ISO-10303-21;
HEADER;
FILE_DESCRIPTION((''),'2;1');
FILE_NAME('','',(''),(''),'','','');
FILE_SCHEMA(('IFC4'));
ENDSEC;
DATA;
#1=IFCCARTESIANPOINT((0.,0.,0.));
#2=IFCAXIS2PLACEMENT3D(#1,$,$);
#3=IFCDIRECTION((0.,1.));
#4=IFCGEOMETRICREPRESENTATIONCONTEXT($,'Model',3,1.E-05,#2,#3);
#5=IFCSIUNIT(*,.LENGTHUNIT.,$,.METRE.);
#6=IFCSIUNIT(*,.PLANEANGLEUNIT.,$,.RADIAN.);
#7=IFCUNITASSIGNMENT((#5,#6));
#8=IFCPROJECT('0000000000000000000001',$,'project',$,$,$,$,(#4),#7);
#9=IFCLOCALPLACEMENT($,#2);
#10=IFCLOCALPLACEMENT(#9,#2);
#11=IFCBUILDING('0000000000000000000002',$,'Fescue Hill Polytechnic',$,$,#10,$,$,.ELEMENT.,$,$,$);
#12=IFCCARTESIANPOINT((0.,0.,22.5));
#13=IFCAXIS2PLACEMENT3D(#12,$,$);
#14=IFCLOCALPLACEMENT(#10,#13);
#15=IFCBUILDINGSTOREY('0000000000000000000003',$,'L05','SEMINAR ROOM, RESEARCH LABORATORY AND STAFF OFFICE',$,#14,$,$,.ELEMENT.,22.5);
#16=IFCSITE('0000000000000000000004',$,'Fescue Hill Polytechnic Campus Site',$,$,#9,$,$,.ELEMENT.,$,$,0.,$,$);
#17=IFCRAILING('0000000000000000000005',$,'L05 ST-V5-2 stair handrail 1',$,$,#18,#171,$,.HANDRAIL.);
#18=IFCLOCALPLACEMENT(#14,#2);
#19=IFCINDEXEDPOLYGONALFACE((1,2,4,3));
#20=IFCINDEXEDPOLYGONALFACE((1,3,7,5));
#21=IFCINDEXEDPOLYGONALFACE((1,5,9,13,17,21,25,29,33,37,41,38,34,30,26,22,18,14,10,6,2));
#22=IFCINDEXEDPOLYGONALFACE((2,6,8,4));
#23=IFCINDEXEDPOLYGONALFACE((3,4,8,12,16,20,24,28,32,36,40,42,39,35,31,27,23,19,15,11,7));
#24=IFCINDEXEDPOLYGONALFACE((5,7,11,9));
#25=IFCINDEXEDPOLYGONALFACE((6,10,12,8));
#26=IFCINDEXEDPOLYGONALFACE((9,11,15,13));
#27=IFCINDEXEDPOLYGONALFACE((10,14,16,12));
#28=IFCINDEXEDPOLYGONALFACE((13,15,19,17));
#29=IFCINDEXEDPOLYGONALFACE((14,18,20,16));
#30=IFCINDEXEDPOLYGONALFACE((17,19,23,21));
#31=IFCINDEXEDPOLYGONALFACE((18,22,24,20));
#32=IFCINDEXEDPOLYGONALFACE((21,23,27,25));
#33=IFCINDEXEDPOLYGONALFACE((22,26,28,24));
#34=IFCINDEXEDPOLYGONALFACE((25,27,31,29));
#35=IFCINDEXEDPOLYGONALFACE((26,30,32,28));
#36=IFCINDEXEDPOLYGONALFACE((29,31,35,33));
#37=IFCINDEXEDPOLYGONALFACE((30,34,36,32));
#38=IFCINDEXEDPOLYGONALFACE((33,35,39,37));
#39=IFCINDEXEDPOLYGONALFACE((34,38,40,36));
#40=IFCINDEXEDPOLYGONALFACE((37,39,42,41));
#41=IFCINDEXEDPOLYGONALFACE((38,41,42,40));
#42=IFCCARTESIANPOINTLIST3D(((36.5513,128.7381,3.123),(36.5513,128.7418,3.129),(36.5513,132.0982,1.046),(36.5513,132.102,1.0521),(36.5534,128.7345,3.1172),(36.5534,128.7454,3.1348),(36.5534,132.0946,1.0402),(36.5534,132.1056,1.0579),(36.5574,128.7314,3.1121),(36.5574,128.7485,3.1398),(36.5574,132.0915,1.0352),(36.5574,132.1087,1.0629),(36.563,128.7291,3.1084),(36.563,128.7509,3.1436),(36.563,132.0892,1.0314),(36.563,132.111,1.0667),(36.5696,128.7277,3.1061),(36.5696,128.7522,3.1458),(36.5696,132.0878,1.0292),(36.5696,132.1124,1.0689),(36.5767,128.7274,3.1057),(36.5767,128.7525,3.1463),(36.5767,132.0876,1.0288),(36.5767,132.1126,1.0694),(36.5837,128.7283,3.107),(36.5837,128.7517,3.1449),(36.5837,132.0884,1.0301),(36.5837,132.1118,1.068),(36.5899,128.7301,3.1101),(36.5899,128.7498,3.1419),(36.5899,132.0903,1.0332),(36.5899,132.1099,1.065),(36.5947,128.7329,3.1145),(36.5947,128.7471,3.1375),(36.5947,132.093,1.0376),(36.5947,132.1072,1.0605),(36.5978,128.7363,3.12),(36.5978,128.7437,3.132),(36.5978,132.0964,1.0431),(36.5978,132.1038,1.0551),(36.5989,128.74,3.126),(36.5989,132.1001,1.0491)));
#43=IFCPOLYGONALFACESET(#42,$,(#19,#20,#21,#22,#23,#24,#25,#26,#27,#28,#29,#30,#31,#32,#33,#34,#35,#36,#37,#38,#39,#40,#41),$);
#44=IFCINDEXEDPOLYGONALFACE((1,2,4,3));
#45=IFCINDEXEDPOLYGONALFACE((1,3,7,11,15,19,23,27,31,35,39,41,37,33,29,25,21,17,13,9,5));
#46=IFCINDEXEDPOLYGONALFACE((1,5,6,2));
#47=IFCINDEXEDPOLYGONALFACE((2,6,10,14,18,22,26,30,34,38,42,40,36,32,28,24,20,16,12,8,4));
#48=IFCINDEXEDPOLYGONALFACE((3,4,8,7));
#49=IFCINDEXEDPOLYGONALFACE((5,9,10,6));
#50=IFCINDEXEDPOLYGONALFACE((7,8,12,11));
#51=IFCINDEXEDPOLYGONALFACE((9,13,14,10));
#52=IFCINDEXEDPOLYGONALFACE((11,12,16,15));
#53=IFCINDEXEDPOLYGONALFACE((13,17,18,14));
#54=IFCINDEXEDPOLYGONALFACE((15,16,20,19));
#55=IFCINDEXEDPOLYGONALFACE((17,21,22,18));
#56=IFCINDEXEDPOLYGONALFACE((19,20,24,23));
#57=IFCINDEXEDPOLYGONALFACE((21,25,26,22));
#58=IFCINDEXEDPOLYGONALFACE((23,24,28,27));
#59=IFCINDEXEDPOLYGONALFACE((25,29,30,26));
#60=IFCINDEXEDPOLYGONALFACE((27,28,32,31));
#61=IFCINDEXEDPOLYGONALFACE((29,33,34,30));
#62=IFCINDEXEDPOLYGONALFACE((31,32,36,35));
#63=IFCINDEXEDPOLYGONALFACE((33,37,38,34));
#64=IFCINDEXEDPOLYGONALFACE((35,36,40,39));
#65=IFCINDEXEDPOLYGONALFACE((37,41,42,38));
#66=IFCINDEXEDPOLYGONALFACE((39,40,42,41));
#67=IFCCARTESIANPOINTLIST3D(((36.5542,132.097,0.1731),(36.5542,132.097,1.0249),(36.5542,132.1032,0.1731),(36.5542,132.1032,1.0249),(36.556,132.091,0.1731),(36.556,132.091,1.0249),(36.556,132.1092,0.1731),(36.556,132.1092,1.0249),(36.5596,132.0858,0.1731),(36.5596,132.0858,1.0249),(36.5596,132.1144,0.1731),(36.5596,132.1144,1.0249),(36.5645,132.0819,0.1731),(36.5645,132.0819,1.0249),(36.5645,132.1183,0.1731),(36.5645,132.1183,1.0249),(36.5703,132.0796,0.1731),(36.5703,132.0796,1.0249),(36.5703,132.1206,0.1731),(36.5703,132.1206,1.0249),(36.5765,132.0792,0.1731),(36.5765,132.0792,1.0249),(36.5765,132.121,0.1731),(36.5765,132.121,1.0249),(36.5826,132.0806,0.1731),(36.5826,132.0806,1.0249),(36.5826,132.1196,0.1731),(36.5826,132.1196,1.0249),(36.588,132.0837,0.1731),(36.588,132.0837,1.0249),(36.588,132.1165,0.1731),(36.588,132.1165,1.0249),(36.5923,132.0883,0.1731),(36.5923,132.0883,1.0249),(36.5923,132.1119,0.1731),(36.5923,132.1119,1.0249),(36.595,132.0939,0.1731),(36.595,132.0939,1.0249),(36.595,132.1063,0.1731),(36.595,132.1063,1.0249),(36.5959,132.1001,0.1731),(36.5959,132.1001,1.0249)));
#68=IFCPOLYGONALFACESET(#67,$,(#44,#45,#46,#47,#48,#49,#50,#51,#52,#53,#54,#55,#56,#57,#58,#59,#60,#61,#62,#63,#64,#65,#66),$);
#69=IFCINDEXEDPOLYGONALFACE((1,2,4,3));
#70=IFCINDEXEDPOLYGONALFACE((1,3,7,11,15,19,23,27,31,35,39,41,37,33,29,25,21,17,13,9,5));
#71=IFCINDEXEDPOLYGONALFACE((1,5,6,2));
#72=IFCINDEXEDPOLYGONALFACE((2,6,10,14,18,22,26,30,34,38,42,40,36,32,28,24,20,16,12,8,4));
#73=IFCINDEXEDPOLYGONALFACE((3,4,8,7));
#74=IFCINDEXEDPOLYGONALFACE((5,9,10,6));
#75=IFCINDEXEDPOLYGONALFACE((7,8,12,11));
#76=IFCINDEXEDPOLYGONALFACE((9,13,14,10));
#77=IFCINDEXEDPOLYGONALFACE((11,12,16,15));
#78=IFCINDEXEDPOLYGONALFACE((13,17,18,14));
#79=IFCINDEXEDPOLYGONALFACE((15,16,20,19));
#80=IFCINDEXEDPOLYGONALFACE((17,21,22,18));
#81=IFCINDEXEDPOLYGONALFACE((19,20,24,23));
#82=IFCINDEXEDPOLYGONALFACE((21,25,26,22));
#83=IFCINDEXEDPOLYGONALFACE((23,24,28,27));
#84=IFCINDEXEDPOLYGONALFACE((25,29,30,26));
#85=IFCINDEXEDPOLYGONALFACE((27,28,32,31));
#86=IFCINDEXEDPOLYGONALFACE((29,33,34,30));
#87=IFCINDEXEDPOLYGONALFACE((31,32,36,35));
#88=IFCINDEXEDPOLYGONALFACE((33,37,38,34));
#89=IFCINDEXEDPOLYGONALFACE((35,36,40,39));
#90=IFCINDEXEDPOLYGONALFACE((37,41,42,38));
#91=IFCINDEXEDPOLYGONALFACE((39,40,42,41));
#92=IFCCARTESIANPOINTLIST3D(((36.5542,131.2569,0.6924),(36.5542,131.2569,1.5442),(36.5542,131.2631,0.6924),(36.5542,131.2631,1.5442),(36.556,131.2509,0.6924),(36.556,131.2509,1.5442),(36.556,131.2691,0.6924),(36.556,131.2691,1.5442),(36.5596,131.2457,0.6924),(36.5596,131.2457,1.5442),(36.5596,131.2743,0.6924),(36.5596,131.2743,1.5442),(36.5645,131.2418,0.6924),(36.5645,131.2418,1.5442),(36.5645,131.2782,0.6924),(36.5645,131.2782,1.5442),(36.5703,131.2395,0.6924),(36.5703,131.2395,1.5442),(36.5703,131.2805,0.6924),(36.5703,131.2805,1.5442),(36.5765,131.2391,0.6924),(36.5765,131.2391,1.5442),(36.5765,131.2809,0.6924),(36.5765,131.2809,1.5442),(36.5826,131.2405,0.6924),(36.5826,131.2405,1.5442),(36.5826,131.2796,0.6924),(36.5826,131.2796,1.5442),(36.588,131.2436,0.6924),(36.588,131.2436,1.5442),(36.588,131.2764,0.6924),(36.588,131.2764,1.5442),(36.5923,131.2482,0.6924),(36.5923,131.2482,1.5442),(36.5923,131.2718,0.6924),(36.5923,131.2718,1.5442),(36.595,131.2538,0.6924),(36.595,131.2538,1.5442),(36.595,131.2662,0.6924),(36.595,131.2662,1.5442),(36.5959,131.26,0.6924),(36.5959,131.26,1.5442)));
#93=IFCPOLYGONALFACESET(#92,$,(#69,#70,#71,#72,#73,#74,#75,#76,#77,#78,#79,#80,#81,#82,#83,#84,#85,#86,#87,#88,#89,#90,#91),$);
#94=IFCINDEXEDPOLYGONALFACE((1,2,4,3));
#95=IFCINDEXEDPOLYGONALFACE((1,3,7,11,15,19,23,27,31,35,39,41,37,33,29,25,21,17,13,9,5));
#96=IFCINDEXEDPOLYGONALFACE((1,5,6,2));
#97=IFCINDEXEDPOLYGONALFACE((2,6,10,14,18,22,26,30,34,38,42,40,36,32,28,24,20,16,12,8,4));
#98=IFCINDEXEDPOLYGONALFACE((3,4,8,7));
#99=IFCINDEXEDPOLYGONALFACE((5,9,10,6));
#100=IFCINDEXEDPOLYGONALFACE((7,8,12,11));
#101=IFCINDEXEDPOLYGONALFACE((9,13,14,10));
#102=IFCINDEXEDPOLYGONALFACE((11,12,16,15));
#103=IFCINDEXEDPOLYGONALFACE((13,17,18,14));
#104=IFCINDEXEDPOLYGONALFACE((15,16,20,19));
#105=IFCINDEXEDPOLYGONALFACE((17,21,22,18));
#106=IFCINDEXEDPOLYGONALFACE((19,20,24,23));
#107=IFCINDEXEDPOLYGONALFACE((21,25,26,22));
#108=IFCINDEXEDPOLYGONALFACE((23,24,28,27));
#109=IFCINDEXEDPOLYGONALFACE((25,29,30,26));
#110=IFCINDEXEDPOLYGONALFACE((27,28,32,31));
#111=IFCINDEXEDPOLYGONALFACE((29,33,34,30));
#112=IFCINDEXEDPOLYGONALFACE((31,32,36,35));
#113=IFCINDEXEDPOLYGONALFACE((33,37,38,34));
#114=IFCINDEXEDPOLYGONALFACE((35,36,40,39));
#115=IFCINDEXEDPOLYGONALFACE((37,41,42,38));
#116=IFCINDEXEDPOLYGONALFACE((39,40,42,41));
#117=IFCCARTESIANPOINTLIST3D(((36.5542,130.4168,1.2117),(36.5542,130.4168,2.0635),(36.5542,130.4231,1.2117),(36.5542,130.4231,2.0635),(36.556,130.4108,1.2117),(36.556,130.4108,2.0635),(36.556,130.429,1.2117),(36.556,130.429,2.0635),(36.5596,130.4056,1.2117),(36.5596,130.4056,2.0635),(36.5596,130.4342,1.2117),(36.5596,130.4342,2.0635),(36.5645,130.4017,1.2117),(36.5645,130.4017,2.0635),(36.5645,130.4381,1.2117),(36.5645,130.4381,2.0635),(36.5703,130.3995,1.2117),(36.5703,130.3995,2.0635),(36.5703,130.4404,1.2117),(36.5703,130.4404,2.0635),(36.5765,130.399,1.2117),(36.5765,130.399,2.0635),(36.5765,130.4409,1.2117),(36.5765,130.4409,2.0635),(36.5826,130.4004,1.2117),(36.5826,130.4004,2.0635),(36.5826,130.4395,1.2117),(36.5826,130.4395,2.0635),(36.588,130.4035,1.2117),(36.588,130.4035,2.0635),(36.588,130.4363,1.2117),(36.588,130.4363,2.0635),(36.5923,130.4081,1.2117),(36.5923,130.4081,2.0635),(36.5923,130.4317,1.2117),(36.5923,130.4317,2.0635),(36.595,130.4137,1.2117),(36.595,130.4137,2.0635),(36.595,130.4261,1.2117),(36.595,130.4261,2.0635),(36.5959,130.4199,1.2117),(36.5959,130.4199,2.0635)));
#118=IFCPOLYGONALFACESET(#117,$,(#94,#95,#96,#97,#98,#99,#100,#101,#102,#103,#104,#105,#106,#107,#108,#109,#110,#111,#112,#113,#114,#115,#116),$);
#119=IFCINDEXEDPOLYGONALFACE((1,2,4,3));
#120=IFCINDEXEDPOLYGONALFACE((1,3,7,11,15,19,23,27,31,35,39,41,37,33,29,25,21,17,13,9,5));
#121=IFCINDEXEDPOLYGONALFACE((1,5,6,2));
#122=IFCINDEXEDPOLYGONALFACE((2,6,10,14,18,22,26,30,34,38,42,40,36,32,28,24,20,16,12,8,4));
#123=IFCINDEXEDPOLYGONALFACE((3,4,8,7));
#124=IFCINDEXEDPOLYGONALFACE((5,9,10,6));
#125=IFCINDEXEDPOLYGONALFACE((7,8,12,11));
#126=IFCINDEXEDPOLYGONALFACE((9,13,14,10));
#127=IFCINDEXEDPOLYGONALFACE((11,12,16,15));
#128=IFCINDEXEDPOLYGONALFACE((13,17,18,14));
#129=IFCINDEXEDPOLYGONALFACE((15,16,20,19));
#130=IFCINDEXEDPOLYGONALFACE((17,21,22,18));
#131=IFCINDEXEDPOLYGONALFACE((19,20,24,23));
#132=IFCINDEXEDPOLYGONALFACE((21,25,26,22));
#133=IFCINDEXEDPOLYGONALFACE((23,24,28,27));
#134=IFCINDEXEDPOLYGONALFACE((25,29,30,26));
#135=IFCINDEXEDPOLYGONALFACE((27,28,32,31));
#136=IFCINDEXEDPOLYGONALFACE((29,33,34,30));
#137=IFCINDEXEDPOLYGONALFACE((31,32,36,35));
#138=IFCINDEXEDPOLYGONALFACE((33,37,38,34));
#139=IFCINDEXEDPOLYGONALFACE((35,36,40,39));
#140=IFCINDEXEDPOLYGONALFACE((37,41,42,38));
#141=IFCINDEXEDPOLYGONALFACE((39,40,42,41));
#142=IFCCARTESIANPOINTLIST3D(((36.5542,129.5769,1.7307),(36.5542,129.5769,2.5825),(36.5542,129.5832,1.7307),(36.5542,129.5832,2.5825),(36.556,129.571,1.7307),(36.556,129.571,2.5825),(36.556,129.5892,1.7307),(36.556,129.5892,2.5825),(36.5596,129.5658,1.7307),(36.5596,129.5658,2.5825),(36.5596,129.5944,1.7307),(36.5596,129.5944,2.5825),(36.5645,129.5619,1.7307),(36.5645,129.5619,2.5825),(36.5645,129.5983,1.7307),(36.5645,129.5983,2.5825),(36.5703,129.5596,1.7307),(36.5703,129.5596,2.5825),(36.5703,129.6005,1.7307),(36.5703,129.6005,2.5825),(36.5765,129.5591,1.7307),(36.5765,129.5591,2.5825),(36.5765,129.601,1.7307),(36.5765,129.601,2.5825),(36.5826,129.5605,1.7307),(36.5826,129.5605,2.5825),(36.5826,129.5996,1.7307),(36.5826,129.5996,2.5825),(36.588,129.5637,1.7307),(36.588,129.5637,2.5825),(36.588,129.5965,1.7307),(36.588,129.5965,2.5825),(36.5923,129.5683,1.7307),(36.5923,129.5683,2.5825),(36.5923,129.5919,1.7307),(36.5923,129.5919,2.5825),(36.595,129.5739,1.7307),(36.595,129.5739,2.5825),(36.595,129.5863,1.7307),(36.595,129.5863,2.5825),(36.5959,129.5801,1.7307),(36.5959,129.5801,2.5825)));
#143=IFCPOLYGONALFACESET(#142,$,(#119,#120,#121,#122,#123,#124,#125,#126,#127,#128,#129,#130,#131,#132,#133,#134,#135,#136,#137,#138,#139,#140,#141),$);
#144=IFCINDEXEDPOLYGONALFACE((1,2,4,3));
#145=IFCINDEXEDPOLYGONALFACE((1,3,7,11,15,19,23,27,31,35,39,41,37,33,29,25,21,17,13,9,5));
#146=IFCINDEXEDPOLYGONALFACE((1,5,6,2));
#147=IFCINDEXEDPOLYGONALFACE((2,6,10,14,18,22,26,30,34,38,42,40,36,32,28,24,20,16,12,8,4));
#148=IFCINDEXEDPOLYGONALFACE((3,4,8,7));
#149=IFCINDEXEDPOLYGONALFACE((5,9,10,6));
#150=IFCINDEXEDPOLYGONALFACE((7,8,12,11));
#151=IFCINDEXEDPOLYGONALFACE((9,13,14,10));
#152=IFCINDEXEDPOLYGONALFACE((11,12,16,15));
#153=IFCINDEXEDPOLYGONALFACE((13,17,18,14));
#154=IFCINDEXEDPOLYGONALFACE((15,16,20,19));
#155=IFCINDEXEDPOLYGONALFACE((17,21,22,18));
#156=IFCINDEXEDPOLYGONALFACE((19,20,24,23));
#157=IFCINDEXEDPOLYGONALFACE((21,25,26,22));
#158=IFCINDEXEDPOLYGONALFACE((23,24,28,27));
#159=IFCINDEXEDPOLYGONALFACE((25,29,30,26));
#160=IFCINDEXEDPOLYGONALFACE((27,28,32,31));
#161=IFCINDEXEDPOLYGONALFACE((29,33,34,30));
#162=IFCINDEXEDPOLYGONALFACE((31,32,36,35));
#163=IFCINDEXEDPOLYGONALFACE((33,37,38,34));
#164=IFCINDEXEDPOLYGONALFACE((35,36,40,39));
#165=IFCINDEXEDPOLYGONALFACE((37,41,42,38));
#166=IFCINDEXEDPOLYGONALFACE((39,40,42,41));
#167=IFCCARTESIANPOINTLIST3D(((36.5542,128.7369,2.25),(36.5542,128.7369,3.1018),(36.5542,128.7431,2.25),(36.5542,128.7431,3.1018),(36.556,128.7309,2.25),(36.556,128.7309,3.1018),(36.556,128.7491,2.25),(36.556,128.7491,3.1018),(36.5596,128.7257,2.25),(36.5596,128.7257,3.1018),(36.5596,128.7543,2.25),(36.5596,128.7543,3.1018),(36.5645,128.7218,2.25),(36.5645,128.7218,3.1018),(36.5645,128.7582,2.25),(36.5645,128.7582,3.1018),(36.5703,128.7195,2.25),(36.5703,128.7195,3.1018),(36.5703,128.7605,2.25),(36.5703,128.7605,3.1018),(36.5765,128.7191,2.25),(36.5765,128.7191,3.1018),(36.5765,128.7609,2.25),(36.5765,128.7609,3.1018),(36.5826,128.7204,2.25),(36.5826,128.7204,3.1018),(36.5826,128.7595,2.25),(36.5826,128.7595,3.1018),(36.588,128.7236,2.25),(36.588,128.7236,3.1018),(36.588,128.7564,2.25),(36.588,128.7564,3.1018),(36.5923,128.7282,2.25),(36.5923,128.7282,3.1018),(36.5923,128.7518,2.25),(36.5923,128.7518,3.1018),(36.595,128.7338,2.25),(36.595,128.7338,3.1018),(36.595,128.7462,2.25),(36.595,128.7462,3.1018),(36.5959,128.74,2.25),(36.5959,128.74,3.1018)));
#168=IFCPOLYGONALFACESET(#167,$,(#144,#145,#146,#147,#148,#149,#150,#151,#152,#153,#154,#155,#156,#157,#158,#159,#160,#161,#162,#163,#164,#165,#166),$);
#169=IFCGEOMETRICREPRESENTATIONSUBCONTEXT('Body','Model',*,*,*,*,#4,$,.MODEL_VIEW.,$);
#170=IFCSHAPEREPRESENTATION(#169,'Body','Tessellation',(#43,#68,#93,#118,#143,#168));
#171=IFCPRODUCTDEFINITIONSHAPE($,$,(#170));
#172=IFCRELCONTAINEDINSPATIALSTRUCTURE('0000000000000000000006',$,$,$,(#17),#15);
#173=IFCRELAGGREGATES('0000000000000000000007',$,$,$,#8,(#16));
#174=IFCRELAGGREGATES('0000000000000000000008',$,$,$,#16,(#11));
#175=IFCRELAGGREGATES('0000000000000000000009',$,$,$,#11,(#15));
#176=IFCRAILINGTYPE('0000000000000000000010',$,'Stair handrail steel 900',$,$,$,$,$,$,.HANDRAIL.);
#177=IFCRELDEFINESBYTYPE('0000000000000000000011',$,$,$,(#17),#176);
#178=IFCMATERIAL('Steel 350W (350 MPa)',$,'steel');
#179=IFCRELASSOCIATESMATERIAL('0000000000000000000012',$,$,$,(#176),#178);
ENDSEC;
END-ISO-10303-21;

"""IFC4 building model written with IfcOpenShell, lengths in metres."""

from ifc_helpers import new_model, si_unit, direction, frame, origin, origin_2d, place, context, subcontext, project, spatial, circle, extrude, material, type_object, element, save


model = new_model("IFC4")

# Units and contexts
model_context = context("Model", 3, precision=1e-05, world=origin(), true_north=direction((0.0, 1.0)))
body_context = subcontext(model_context, "Body", "Model", "MODEL_VIEW")
ifc_project = project(units=[si_unit("LENGTHUNIT", "METRE"), si_unit("PLANEANGLEUNIT", "RADIAN")], contexts=[model_context])

# Site, building, storey
site_placement = place(None, origin())
site = spatial("IfcSite", under=ifc_project, at=site_placement, Name="Fescue Hill Polytechnic Campus Site", CompositionType="ELEMENT", RefElevation=0.0)
building_placement = place(site_placement, origin())
building = spatial("IfcBuilding", under=site, at=building_placement, Name="Fescue Hill Polytechnic", CompositionType="ELEMENT")
storey_placement = place(building_placement, frame((0.0, 0.0, 22.5)))
storey = spatial("IfcBuildingStorey", under=building, at=storey_placement, Name="L05", Description="SEMINAR ROOM, RESEARCH LABORATORY AND STAFF OFFICE", CompositionType="ELEMENT", Elevation=22.5)

# Railing
ifc_material_1 = material(Name="Steel 350W (350 MPa)", Category="steel")
railing_type_1 = type_object("IfcRailingType", Name="Stair handrail steel 900", PredefinedType="HANDRAIL", material=ifc_material_1)
for number, where, name in (
    (1, (36.575, 132.1001, 0.1731), "L05 ST-V5-2 stair handrail 1"),
):
    element("IfcRailing", number, at=place(storey_placement, frame(where)), inside=storey, type_object=railing_type_1, Name=name, PredefinedType="HANDRAIL", context=body_context, shape_type="SweptSolid", body=[
        extrude(circle(Radius=0.0239, at=origin_2d()), frame((0.0, 0.0, 0.876), z_axis=(0.0, -0.850623, 0.525776), x_axis=(1.0, 0.0, 0.0)), (0.0, 0.0, 1.0), 3.9502),
        extrude(circle(Radius=0.021, at=origin_2d()), origin(), (0.0, 0.0, 1.0), 0.8518),
        extrude(circle(Radius=0.021, at=origin_2d()), frame((0.0, -0.8401, 0.5193)), (0.0, 0.0, 1.0), 0.8518),
        extrude(circle(Radius=0.021, at=origin_2d()), frame((0.0, -1.6802, 1.0386)), (0.0, 0.0, 1.0), 0.8518),
        extrude(circle(Radius=0.021, at=origin_2d()), frame((0.0, -2.52, 1.5576)), (0.0, 0.0, 1.0), 0.8518),
        extrude(circle(Radius=0.021, at=origin_2d()), frame((0.0, -3.3601, 2.0769)), (0.0, 0.0, 1.0), 0.8518),
    ])

save(model, "model.ifc")
